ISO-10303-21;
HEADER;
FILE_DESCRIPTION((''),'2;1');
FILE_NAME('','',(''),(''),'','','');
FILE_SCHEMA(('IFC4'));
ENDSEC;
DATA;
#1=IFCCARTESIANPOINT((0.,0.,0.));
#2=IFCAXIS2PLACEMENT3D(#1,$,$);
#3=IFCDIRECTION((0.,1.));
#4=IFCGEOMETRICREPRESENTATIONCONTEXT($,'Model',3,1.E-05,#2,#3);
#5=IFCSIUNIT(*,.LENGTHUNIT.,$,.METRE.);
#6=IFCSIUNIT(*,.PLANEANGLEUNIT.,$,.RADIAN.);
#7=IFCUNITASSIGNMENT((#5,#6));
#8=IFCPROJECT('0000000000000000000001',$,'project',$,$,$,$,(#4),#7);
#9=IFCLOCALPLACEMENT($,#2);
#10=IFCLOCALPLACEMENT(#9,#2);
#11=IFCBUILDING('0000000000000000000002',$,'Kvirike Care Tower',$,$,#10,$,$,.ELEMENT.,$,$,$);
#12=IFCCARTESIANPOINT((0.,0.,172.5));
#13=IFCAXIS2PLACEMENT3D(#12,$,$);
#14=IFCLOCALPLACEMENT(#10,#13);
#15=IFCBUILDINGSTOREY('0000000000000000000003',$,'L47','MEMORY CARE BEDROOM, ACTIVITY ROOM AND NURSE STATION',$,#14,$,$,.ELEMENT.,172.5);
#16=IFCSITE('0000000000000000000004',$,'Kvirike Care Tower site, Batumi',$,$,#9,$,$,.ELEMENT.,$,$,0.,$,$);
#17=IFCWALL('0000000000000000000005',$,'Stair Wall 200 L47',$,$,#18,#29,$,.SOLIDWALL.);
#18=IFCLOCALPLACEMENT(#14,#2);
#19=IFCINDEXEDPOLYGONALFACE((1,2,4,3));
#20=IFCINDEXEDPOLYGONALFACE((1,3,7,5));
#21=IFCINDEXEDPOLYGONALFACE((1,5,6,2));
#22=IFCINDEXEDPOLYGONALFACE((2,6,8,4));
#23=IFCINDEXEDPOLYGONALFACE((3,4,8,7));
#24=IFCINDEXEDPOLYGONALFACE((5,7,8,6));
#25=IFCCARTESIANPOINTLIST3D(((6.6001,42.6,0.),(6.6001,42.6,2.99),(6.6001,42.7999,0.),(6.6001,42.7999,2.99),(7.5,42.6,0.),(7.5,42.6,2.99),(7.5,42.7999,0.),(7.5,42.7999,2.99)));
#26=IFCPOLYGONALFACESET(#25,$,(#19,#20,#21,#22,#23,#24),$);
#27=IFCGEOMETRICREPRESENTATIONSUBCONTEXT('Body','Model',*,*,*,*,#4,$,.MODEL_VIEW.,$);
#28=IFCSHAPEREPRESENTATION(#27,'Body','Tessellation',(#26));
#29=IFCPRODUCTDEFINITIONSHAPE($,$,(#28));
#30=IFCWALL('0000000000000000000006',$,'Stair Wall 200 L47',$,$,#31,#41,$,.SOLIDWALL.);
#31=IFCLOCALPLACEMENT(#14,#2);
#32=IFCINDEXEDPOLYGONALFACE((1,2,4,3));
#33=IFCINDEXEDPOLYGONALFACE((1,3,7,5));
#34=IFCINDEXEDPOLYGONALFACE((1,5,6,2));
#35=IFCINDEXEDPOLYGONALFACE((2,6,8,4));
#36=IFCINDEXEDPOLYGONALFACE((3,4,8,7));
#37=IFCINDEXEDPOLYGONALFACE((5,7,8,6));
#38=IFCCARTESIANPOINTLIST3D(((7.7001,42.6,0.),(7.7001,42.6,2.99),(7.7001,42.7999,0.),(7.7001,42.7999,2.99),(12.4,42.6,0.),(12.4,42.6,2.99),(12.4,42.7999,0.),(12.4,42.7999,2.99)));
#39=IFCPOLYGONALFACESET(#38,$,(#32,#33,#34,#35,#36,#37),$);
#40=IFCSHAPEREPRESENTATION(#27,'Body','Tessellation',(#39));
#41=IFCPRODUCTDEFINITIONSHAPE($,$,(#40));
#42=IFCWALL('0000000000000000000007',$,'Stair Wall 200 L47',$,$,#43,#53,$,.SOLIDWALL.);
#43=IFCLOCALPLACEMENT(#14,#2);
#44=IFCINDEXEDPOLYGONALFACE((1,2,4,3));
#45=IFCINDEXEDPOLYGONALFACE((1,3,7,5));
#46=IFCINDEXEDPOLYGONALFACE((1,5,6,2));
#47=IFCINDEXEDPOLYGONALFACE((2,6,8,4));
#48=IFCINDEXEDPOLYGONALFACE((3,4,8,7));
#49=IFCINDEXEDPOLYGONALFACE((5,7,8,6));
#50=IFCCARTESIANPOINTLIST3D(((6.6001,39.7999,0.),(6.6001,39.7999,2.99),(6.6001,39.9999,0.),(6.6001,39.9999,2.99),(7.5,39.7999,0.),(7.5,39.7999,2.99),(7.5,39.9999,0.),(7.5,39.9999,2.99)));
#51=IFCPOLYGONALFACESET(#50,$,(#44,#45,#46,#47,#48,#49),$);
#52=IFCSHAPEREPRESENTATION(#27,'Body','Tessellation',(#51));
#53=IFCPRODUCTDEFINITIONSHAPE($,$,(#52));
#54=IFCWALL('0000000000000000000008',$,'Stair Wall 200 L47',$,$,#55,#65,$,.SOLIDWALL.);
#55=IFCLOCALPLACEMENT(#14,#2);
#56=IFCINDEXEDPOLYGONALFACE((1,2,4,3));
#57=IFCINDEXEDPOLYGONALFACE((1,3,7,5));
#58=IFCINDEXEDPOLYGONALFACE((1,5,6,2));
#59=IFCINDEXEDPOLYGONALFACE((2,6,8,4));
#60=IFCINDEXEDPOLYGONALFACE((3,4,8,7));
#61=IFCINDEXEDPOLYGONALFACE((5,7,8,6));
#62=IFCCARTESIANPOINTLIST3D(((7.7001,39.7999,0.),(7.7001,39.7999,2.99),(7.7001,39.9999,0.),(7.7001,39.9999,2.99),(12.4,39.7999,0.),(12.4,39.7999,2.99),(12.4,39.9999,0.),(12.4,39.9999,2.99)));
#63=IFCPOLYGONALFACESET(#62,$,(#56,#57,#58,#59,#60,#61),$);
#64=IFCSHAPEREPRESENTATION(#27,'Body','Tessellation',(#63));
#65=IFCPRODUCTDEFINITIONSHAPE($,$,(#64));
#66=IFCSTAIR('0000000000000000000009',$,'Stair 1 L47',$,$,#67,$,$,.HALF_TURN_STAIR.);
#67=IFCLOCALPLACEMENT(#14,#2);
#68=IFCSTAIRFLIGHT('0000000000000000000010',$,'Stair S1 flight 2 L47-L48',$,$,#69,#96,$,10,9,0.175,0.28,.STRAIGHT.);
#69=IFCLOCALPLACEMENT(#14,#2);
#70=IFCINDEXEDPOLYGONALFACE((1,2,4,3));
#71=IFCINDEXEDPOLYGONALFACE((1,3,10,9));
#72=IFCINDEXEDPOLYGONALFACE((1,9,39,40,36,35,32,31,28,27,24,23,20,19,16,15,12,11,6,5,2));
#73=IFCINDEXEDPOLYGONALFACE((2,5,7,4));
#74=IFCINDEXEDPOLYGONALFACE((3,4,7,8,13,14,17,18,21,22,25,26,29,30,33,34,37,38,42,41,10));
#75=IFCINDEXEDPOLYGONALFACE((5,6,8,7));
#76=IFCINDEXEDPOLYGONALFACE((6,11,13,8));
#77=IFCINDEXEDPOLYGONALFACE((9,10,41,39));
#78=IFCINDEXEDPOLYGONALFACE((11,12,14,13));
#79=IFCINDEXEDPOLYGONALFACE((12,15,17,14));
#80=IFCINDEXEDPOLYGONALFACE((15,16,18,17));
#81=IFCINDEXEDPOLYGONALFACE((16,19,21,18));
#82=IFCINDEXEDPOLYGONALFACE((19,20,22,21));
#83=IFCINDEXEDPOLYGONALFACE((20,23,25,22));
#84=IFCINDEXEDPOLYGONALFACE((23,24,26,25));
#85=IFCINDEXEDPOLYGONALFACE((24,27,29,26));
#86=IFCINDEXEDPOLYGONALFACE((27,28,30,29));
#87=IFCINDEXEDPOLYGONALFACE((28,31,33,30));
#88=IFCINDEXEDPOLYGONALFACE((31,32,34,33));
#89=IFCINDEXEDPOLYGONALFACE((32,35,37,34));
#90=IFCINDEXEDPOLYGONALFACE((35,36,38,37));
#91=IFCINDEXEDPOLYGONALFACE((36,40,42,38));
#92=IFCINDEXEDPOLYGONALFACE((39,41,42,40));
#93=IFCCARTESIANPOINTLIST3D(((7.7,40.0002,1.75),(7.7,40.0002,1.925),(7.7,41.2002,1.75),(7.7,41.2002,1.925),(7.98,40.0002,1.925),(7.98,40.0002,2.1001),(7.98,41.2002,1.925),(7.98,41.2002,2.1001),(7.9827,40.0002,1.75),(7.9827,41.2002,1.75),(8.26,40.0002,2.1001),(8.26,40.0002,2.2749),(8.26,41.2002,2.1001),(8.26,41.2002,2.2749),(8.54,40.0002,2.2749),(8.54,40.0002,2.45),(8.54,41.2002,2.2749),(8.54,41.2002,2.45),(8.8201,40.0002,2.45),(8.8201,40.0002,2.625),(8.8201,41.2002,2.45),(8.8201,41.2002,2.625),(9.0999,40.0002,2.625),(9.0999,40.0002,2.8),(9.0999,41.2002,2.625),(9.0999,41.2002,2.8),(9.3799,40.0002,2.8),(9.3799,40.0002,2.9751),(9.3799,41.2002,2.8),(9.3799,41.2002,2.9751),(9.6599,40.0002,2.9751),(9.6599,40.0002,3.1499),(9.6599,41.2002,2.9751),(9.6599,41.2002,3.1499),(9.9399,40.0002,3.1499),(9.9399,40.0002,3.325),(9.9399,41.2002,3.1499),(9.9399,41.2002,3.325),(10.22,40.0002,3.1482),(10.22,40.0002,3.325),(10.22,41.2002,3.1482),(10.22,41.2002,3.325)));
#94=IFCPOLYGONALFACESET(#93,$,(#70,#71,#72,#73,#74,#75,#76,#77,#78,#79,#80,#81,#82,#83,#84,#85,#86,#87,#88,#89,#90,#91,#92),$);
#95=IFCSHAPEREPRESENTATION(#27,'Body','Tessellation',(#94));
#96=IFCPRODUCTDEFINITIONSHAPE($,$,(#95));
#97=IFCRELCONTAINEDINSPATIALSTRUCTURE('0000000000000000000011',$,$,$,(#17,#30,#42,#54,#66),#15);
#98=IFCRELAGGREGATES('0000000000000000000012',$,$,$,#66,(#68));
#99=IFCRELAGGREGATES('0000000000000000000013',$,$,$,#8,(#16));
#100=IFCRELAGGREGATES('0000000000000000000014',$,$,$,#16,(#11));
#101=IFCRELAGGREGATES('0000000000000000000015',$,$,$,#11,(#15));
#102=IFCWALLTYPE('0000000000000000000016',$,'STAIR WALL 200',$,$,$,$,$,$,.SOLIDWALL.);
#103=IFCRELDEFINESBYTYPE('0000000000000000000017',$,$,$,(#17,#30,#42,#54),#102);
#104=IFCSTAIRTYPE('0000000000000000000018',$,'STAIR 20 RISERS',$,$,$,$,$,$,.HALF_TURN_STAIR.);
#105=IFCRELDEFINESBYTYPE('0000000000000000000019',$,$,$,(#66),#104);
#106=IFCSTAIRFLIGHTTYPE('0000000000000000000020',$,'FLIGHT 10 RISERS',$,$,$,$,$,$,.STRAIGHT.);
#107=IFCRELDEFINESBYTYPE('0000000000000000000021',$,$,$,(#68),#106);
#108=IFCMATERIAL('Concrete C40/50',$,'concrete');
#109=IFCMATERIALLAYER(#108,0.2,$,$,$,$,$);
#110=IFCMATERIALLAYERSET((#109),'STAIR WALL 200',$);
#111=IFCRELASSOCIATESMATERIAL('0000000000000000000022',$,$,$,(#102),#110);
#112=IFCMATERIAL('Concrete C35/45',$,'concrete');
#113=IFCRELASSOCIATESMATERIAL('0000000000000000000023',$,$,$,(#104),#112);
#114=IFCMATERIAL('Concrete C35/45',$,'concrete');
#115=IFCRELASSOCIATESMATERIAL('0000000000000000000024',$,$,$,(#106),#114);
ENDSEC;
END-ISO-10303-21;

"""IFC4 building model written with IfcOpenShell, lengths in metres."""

from ifc_helpers import new_model, si_unit, direction, frame, frame_2d, origin, place, context, subcontext, project, spatial, polyline, rectangle, outline, extrude, material, layer, layer_set, type_object, element, aggregate, save


model = new_model("IFC4")

# Units and contexts
model_context = context("Model", 3, precision=1e-05, world=origin(), true_north=direction((0.0, 1.0)))
body_context = subcontext(model_context, "Body", "Model", "MODEL_VIEW")
ifc_project = project(units=[si_unit("LENGTHUNIT", "METRE"), si_unit("PLANEANGLEUNIT", "RADIAN")], contexts=[model_context])

# Site, building, storey
site_placement = place(None, origin())
site = spatial("IfcSite", under=ifc_project, at=site_placement, Name="Kvirike Care Tower site, Batumi", CompositionType="ELEMENT", RefElevation=0.0)
building_placement = place(site_placement, origin())
building = spatial("IfcBuilding", under=site, at=building_placement, Name="Kvirike Care Tower", CompositionType="ELEMENT")
storey_placement = place(building_placement, frame((0.0, 0.0, 172.5)))
storey = spatial("IfcBuildingStorey", under=building, at=storey_placement, Name="L47", Description="MEMORY CARE BEDROOM, ACTIVITY ROOM AND NURSE STATION", CompositionType="ELEMENT", Elevation=172.5)

# Walls
ifc_material_1 = material(Name="Concrete C40/50", Category="concrete")
ifc_layer_1 = layer(ifc_material_1, 0.2)
ifc_layer_set_1 = layer_set([ifc_layer_1], Name="STAIR WALL 200")
wall_type_1 = type_object("IfcWallType", Name="STAIR WALL 200", PredefinedType="SOLIDWALL", material=ifc_layer_set_1)
wall_1_placement = place(storey_placement, frame((6.6001, 42.7, 0.0), z_axis=(0.0, 0.0, 1.0), x_axis=(1.0, 0.0, 0.0)))
element("IfcWall", 1, at=wall_1_placement, inside=storey, type_object=wall_type_1, Name="Stair Wall 200 L47", PredefinedType="SOLIDWALL", context=body_context, shape_type="SweptSolid", body=[
    extrude(rectangle(XDim=0.8999, YDim=0.2, at=frame_2d((0.45, 0.0))), origin(), (0.0, 0.0, 1.0), 2.99),
])
wall_2_placement = place(storey_placement, frame((7.7, 42.7, 0.0), z_axis=(0.0, 0.0, 1.0), x_axis=(1.0, 0.0, 0.0)))
element("IfcWall", 2, at=wall_2_placement, inside=storey, type_object=wall_type_1, Name="Stair Wall 200 L47", PredefinedType="SOLIDWALL", context=body_context, shape_type="SweptSolid", body=[
    extrude(rectangle(XDim=4.7, YDim=0.2, at=frame_2d((2.3501, 0.0))), origin(), (0.0, 0.0, 1.0), 2.99),
])
wall_3_placement = place(storey_placement, frame((6.6001, 39.8999, 0.0), z_axis=(0.0, 0.0, 1.0), x_axis=(1.0, 0.0, 0.0)))
element("IfcWall", 3, at=wall_3_placement, inside=storey, type_object=wall_type_1, Name="Stair Wall 200 L47", PredefinedType="SOLIDWALL", context=body_context, shape_type="SweptSolid", body=[
    extrude(rectangle(XDim=0.8999, YDim=0.2, at=frame_2d((0.45, 0.0))), origin(), (0.0, 0.0, 1.0), 2.99),
])
wall_4_placement = place(storey_placement, frame((7.7, 39.8999, 0.0), z_axis=(0.0, 0.0, 1.0), x_axis=(1.0, 0.0, 0.0)))
element("IfcWall", 4, at=wall_4_placement, inside=storey, type_object=wall_type_1, Name="Stair Wall 200 L47", PredefinedType="SOLIDWALL", context=body_context, shape_type="SweptSolid", body=[
    extrude(rectangle(XDim=4.7, YDim=0.2, at=frame_2d((2.3501, 0.0))), origin(), (0.0, 0.0, 1.0), 2.99),
])

# Stair, stair flight
ifc_material_2 = material(Name="Concrete C35/45", Category="concrete")
stair_type = type_object("IfcStairType", Name="STAIR 20 RISERS", PredefinedType="HALF_TURN_STAIR", material=ifc_material_2)
stair_placement = place(storey_placement, origin())
stair = element("IfcStair", 5, at=stair_placement, inside=storey, type_object=stair_type, Name="Stair 1 L47", PredefinedType="HALF_TURN_STAIR")
ifc_material_3 = material(Name="Concrete C35/45", Category="concrete")
stair_flight_type = type_object("IfcStairFlightType", Name="FLIGHT 10 RISERS", PredefinedType="STRAIGHT", material=ifc_material_3)
stair_flight_placement = place(storey_placement, frame((7.7, 40.6001, 1.75), z_axis=(0.0, 0.0, 1.0), x_axis=(1.0, 0.0, 0.0)))
stair_flight = element("IfcStairFlight", 6, at=stair_flight_placement, type_object=stair_flight_type, Name="Stair S1 flight 2 L47-L48", NumberOfRisers=10, NumberOfTreads=9, PredefinedType="STRAIGHT", RiserHeight=0.175, TreadLength=0.28, context=body_context, shape_type="SweptSolid", body=[
    extrude(outline(polyline([(0.0, 0.0), (0.0, 0.175), (0.28, 0.175), (0.28, 0.3501), (0.5601, 0.3501), (0.5601, 0.5249), (0.8401, 0.5249), (0.8401, 0.7), (1.1201, 0.7), (1.1201, 0.875), (1.3999, 0.875), (1.3999, 1.05), (1.6799, 1.05), (1.6799, 1.2251), (1.96, 1.2251), (1.96, 1.3999), (2.24, 1.3999), (2.24, 1.575), (2.52, 1.575), (2.52, 1.75), (2.52, 1.3982), (0.2827, 0.0), (0.0, 0.0)])), frame((0.0, 0.6001, 0.0), z_axis=(0.0, -1.0, 0.0), x_axis=(1.0, 0.0, 0.0)), (0.0, 0.0, 1.0), 1.2),
])
aggregate(stair, [stair_flight])

save(model, "model.ifc")
